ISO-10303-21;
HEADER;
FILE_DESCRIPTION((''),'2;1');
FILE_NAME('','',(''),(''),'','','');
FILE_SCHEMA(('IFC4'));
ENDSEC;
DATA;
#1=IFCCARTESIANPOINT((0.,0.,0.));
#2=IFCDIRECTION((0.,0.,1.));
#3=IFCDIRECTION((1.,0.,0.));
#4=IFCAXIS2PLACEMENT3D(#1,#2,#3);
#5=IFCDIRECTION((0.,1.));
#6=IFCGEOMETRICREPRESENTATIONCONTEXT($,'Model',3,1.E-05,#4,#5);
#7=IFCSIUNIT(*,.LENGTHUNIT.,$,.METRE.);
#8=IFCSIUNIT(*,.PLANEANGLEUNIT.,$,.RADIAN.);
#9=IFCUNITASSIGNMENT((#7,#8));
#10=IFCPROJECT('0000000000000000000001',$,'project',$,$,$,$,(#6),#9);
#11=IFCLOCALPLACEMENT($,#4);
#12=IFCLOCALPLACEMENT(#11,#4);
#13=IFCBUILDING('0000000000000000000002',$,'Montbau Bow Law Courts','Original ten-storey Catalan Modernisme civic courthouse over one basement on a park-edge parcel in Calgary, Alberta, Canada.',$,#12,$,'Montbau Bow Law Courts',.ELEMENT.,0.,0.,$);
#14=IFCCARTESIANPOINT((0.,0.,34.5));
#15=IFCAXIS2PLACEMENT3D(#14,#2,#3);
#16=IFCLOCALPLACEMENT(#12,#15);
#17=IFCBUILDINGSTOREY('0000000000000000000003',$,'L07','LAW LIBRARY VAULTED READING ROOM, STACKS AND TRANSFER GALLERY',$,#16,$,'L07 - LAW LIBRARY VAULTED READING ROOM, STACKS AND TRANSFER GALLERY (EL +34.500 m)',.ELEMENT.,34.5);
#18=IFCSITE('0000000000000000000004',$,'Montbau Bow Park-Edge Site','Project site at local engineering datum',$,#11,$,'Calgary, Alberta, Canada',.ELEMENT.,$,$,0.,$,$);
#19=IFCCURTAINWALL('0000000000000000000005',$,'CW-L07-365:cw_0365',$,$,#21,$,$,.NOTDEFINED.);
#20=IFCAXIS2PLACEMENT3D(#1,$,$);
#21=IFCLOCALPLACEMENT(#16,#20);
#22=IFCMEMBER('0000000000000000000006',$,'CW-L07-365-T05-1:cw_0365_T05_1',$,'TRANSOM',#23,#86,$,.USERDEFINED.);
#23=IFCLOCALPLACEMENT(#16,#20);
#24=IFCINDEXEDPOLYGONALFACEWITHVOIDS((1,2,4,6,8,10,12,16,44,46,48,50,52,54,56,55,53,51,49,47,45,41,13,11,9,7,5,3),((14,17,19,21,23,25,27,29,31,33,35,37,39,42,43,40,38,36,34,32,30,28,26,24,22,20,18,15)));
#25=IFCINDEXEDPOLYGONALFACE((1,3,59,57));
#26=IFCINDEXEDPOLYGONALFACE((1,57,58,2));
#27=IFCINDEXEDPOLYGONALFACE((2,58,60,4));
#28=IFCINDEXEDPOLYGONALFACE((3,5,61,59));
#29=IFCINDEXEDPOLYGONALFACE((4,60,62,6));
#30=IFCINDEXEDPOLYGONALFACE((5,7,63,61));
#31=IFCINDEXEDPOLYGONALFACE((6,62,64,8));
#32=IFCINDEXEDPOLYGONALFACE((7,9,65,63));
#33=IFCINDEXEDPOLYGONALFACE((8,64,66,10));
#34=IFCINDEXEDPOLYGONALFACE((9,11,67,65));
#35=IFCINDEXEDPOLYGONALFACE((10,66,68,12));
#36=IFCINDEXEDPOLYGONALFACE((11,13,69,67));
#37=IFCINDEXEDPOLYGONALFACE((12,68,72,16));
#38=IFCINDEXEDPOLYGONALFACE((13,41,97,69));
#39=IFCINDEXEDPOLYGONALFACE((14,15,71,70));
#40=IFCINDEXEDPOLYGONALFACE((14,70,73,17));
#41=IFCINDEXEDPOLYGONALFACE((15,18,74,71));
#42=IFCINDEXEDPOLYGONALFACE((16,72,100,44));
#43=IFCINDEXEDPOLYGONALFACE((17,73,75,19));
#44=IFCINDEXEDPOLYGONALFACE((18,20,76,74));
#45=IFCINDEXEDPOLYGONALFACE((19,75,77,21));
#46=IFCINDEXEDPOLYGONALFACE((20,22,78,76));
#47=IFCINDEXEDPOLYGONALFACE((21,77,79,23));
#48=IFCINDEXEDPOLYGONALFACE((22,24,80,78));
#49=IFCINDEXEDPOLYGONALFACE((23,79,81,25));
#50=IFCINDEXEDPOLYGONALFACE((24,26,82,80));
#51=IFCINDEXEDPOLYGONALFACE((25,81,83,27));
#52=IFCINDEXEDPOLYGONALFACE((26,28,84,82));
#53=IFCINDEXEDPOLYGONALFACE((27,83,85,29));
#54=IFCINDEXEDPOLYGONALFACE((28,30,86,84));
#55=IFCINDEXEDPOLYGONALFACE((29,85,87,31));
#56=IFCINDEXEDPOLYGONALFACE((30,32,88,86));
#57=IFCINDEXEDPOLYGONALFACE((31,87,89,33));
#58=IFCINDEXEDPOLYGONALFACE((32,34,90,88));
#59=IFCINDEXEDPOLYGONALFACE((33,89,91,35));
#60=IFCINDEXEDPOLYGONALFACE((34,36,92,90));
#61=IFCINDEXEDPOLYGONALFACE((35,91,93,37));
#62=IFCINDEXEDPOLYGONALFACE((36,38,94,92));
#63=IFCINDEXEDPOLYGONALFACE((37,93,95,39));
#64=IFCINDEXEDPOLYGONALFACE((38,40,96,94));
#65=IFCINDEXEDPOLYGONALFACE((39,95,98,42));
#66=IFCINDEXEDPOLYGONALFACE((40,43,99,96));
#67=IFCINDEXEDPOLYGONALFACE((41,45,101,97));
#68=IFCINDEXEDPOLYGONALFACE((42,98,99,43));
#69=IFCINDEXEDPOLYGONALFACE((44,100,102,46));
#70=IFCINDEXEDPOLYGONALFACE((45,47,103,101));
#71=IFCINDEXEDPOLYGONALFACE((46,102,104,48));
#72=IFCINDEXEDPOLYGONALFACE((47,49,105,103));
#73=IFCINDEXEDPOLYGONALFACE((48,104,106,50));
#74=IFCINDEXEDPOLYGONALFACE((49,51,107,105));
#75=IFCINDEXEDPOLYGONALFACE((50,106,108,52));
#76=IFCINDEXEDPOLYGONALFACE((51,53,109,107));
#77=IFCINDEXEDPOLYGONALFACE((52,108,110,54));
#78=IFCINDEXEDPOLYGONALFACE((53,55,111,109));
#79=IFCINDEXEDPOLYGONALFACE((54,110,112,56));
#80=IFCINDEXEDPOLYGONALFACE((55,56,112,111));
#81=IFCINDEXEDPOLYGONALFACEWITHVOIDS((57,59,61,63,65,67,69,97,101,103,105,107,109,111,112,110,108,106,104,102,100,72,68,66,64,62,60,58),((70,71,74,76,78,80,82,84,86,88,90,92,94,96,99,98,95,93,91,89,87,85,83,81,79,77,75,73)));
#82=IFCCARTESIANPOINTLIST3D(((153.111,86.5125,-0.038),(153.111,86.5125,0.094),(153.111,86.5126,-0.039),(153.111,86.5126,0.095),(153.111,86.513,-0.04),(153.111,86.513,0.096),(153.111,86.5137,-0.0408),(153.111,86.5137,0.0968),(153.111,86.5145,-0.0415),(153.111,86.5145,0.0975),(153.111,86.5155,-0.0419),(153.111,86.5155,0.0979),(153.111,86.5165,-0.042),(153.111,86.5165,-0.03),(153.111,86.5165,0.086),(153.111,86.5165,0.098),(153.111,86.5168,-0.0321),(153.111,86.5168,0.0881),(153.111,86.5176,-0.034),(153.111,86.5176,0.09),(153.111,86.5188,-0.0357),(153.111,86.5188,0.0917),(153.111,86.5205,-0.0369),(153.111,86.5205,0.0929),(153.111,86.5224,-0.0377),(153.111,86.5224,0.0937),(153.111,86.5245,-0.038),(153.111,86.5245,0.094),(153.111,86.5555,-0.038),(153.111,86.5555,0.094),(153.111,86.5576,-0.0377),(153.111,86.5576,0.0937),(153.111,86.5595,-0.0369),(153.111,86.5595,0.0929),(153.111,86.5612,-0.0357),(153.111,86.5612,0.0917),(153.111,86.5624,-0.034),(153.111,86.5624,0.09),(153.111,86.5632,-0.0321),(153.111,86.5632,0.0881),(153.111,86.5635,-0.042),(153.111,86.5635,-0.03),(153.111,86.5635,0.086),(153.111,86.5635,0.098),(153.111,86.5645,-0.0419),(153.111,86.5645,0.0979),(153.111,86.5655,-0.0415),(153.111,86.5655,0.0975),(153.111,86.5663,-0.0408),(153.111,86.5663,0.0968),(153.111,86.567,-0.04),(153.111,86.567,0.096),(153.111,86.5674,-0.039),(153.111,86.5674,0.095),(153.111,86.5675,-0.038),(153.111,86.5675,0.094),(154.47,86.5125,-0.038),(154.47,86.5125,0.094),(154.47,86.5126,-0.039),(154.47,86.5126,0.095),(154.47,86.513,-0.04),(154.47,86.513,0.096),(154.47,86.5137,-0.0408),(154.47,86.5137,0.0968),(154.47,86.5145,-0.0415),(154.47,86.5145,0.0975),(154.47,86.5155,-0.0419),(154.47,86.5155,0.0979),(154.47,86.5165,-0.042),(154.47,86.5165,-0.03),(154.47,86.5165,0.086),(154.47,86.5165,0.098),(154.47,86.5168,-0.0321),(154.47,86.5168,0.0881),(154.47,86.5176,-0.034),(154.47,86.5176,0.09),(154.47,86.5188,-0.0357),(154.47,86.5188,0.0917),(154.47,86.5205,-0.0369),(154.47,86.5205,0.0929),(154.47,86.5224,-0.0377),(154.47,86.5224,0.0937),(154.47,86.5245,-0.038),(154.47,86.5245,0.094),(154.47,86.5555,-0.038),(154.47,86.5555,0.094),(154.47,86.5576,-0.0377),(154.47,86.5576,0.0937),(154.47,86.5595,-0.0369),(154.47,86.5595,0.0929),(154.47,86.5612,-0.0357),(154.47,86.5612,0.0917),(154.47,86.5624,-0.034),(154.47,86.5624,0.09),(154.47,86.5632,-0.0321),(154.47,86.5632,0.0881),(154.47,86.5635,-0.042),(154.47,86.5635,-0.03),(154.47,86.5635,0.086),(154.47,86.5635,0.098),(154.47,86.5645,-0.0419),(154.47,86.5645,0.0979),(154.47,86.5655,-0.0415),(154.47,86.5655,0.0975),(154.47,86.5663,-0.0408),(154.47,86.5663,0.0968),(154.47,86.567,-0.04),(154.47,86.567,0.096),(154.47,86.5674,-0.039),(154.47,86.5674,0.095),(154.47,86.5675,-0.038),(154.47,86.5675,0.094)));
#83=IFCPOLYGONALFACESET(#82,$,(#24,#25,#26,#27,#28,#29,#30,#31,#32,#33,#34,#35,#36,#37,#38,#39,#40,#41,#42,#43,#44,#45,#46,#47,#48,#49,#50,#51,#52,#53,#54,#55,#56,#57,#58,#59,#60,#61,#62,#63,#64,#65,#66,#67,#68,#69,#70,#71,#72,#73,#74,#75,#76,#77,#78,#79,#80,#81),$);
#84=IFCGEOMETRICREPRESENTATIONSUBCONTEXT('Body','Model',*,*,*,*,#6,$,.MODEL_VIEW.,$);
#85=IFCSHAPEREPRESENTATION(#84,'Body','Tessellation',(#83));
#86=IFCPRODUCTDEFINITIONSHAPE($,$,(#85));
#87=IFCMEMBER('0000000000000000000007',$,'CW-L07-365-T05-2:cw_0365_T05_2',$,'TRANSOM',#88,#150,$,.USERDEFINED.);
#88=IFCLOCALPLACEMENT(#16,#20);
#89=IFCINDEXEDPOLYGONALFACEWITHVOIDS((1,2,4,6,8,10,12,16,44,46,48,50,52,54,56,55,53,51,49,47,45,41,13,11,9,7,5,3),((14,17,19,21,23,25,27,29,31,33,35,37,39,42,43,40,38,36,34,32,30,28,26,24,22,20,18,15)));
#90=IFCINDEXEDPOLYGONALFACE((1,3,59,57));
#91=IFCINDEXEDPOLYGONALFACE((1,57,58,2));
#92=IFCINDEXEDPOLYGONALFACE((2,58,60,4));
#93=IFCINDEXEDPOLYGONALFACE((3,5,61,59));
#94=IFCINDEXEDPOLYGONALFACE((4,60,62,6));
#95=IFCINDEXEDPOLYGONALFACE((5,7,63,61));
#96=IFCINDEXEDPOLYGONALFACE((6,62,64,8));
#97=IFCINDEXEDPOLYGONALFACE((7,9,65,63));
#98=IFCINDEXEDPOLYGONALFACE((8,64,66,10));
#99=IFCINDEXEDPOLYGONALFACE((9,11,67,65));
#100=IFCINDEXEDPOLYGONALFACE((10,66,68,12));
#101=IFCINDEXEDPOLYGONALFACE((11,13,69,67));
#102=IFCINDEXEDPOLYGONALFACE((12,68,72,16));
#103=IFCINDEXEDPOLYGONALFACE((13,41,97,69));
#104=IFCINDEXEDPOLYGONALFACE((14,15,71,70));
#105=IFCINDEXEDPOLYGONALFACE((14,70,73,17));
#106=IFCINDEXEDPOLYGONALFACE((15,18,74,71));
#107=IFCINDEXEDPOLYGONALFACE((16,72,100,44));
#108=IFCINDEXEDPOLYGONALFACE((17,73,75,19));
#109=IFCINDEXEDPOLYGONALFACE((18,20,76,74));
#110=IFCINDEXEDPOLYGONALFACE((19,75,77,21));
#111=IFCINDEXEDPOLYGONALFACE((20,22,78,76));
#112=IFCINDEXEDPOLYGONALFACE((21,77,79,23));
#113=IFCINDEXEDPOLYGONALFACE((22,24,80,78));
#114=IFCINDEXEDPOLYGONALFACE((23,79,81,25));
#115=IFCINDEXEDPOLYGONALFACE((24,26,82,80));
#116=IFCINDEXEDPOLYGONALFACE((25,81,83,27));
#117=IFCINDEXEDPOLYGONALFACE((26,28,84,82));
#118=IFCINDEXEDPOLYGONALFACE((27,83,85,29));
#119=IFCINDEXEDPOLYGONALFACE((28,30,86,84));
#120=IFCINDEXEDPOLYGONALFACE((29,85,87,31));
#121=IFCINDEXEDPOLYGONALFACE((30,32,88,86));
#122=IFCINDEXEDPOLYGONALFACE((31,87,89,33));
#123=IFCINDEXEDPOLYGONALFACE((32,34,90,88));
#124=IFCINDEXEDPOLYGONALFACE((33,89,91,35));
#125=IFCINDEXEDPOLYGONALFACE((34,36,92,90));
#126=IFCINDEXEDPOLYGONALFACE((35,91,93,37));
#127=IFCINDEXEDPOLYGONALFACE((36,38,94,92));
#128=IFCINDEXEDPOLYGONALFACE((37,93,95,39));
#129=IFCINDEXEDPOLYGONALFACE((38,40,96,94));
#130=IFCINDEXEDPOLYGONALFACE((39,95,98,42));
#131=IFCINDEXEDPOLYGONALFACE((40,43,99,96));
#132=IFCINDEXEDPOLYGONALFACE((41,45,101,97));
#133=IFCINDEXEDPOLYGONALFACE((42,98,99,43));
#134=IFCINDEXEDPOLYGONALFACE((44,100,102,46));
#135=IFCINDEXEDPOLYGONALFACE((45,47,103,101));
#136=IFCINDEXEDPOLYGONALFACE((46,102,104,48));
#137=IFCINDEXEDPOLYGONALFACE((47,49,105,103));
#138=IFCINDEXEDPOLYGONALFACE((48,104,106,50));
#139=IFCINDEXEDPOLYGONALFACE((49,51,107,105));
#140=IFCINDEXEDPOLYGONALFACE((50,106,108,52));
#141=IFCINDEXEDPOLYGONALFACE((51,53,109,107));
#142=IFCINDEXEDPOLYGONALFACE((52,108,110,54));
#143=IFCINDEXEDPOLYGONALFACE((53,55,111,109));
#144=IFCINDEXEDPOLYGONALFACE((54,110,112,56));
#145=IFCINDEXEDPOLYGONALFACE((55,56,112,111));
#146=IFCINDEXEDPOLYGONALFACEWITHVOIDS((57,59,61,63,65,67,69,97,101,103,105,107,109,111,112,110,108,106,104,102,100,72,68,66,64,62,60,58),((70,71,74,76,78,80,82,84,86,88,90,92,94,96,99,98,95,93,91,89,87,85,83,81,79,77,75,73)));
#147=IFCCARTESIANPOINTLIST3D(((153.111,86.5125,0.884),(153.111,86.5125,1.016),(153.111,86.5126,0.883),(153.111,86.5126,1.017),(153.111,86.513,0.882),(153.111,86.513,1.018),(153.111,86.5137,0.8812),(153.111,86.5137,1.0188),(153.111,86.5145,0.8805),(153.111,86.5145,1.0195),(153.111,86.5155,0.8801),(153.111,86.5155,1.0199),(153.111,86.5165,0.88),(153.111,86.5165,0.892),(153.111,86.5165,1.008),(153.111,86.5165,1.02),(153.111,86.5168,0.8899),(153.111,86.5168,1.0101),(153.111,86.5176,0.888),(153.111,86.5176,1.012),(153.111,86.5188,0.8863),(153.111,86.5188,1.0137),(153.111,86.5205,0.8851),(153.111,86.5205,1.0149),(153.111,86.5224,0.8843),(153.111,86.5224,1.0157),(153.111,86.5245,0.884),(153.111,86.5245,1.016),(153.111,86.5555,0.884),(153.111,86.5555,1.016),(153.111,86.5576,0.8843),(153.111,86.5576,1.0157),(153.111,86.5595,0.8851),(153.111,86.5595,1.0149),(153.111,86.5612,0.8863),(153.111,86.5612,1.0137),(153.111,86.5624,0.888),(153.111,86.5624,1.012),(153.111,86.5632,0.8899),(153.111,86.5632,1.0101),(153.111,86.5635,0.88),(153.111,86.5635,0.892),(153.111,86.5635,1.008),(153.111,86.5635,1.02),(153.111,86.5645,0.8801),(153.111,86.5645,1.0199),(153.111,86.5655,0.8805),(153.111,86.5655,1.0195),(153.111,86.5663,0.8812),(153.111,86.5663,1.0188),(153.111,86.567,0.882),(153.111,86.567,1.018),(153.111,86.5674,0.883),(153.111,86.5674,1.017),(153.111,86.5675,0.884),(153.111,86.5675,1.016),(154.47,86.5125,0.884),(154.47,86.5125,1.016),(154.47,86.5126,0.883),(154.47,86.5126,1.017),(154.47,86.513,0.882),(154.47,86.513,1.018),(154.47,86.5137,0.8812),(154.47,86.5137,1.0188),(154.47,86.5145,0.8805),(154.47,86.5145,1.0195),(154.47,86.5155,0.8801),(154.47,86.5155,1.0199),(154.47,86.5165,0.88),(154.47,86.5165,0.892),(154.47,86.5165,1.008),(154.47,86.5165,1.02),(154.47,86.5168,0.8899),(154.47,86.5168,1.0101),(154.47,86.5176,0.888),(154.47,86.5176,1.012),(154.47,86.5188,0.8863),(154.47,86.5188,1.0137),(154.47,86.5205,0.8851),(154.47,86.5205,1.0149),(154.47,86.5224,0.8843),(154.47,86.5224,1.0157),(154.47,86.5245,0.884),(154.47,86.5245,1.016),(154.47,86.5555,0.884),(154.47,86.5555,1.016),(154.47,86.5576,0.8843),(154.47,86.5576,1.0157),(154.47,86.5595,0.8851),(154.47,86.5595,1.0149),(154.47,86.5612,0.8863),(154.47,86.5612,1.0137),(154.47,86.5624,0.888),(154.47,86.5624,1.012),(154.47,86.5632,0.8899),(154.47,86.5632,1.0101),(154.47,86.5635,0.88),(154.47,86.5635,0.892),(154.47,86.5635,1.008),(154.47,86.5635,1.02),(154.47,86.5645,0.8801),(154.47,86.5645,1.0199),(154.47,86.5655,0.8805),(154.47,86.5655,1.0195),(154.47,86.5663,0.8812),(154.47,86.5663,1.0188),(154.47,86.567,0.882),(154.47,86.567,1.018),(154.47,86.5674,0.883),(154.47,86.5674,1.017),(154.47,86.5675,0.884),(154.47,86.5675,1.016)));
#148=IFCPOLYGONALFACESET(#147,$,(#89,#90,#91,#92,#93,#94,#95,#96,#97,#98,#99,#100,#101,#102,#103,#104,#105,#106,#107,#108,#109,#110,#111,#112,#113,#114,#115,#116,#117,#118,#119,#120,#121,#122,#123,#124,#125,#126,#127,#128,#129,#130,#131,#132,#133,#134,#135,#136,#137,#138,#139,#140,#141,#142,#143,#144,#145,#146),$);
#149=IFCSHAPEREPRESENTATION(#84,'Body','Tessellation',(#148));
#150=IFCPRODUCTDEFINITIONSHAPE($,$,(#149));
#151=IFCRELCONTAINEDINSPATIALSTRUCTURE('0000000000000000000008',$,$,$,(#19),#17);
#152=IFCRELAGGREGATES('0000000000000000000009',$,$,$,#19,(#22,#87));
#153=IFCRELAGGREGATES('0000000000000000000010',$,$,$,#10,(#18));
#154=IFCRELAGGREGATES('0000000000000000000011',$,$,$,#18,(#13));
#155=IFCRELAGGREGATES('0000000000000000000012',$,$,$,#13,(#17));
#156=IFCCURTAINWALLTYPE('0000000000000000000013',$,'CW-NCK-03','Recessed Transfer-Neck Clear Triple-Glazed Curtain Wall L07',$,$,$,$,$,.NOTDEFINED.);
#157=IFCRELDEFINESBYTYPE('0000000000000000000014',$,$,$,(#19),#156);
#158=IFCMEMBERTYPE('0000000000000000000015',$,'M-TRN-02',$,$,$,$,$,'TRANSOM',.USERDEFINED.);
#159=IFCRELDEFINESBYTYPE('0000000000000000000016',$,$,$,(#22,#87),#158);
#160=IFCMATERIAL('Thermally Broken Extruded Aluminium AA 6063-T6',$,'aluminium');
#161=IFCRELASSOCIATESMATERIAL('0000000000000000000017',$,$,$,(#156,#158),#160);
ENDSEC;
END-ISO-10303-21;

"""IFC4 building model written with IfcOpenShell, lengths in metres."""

from ifc_helpers import new_model, si_unit, direction, frame, origin_with_axes, origin_2d_with_axis, place, context, subcontext, project, spatial, hollow_rectangle, extrude, material, material_profile, profile_set, type_object, element, aggregate, save


model = new_model("IFC4")

# Units and contexts
model_context = context("Model", 3, precision=1e-05, world=origin_with_axes(), true_north=direction((0.0, 1.0)))
body_context = subcontext(model_context, "Body", "Model", "MODEL_VIEW")
ifc_project = project(units=[si_unit("LENGTHUNIT", "METRE"), si_unit("PLANEANGLEUNIT", "RADIAN")], contexts=[model_context])

# Site, building, storey
site_placement = place(None, origin_with_axes())
site = spatial("IfcSite", under=ifc_project, at=site_placement, Name="Montbau Bow Park-Edge Site", Description="Project site at local engineering datum", LongName="Calgary, Alberta, Canada", CompositionType="ELEMENT", RefElevation=0.0)
building_placement = place(site_placement, origin_with_axes())
building = spatial("IfcBuilding", under=site, at=building_placement, Name="Montbau Bow Law Courts", Description="Original ten-storey Catalan Modernisme civic courthouse over one basement on a park-edge parcel in Calgary, Alberta, Canada.", LongName="Montbau Bow Law Courts", CompositionType="ELEMENT", ElevationOfRefHeight=0.0, ElevationOfTerrain=0.0)
storey_placement = place(building_placement, frame((0.0, 0.0, 34.5), z_axis=(0.0, 0.0, 1.0), x_axis=(1.0, 0.0, 0.0)))
storey = spatial("IfcBuildingStorey", under=building, at=storey_placement, Name="L07", Description="LAW LIBRARY VAULTED READING ROOM, STACKS AND TRANSFER GALLERY", LongName="L07 - LAW LIBRARY VAULTED READING ROOM, STACKS AND TRANSFER GALLERY (EL +34.500 m)", CompositionType="ELEMENT", Elevation=34.5)

# Shared definitions
ifc_material_1 = material(Name="Thermally Broken Extruded Aluminium AA 6063-T6", Category="aluminium")
curtain_wall_type = type_object("IfcCurtainWallType", Name="CW-NCK-03", Description="Recessed Transfer-Neck Clear Triple-Glazed Curtain Wall L07", PredefinedType="NOTDEFINED", material=ifc_material_1)

# Curtain wall
curtain_wall_1_placement = place(None, frame((147.268, 86.54, 34.5), z_axis=(0.0, 0.0, 1.0), x_axis=(1.0, 0.0, 0.0)))
curtain_wall_1 = element("IfcCurtainWall", 1, at=curtain_wall_1_placement, inside=storey, type_object=curtain_wall_type, Name="CW-L07-365:cw_0365", PredefinedType="NOTDEFINED")

# Members
ifc_material_profile_1 = material_profile(ifc_material_1, hollow_rectangle(XDim=0.055, YDim=0.14, WallThickness=0.004, InnerFilletRadius=0.008, OuterFilletRadius=0.004, at=origin_2d_with_axis()), Name="CWT-140X55", Category="Main", Priority=0)
ifc_profile_set_1 = profile_set([ifc_material_profile_1], Name="Thermally Broken Extruded Aluminium AA 6063-T6")
member_type_1 = type_object("IfcMemberType", Name="M-TRN-02", ElementType="TRANSOM", PredefinedType="USERDEFINED", material=ifc_profile_set_1)
member_1_placement = place(None, frame((153.111, 86.54, 34.528), z_axis=(1.0, 0.0, 0.0), x_axis=(0.0, 1.0, 0.0)))
member_1 = element("IfcMember", 2, at=member_1_placement, type_object=member_type_1, Name="CW-L07-365-T05-1:cw_0365_T05_1", ObjectType="TRANSOM", PredefinedType="USERDEFINED", context=body_context, shape_type="SweptSolid", body=[
    extrude(hollow_rectangle(XDim=0.055, YDim=0.14, WallThickness=0.004, InnerFilletRadius=0.008, OuterFilletRadius=0.004, at=origin_2d_with_axis()), origin_with_axes(), (0.0, 0.0, 1.0), 1.359),
])
member_2_placement = place(None, frame((153.111, 86.54, 35.45), z_axis=(1.0, 0.0, 0.0), x_axis=(0.0, 1.0, 0.0)))
member_2 = element("IfcMember", 3, at=member_2_placement, type_object=member_type_1, Name="CW-L07-365-T05-2:cw_0365_T05_2", ObjectType="TRANSOM", PredefinedType="USERDEFINED", context=body_context, shape_type="SweptSolid", body=[
    extrude(hollow_rectangle(XDim=0.055, YDim=0.14, WallThickness=0.004, InnerFilletRadius=0.008, OuterFilletRadius=0.004, at=origin_2d_with_axis()), origin_with_axes(), (0.0, 0.0, 1.0), 1.359),
])

aggregate(curtain_wall_1, [member_1, member_2])

save(model, "model.ifc")
